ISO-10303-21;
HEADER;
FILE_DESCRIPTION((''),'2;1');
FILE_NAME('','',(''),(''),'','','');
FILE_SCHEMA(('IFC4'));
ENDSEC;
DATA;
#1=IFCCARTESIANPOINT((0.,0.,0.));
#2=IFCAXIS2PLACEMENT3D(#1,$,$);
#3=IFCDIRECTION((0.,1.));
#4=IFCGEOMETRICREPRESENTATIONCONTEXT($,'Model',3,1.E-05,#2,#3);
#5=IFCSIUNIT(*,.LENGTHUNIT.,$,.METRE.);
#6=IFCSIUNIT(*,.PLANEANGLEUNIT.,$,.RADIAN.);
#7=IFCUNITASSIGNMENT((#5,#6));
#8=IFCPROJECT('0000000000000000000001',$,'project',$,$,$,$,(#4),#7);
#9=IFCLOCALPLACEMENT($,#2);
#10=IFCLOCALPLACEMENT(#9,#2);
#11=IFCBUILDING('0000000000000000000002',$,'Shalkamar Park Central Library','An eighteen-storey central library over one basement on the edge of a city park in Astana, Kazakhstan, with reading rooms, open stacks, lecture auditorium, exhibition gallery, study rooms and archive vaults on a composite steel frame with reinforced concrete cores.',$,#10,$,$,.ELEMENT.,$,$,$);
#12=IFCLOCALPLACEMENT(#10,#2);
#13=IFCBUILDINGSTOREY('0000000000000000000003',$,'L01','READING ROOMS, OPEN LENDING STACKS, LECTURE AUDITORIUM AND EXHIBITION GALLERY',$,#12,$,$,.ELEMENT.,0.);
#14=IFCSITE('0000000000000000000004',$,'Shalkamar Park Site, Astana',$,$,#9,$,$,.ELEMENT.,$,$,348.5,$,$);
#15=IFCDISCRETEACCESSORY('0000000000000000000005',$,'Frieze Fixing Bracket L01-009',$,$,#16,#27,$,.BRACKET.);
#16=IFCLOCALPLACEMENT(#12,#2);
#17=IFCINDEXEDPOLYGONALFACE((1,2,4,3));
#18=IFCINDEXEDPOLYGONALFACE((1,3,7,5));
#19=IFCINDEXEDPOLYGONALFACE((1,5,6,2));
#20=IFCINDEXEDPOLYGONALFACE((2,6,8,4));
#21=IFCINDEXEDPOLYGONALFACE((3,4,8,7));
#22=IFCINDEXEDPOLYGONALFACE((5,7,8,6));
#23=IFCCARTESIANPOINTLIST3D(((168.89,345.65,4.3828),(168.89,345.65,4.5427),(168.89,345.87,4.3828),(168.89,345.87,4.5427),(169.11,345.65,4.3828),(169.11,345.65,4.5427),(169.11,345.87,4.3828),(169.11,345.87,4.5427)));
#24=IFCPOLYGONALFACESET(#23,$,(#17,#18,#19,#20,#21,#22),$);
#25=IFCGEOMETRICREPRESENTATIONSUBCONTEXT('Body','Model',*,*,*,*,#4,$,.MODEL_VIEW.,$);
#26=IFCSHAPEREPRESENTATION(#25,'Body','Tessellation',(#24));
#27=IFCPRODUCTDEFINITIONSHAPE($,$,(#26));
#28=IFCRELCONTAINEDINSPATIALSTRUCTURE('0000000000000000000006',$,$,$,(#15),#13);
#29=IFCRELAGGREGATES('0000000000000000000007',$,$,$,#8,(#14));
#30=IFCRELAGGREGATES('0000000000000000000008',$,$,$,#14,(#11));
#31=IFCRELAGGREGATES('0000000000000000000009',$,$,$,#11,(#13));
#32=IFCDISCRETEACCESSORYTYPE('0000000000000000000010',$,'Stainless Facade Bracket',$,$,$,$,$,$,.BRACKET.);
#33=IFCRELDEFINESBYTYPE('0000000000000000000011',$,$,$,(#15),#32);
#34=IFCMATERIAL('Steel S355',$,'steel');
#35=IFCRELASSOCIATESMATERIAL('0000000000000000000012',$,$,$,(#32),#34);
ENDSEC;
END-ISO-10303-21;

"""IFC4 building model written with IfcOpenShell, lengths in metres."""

from ifc_helpers import new_model, si_unit, direction, frame, origin, origin_2d, place, context, subcontext, project, spatial, rectangle, extrude, material, type_object, element, save


model = new_model("IFC4")

# Units and contexts
model_context = context("Model", 3, precision=1e-05, world=origin(), true_north=direction((0.0, 1.0)))
body_context = subcontext(model_context, "Body", "Model", "MODEL_VIEW")
ifc_project = project(units=[si_unit("LENGTHUNIT", "METRE"), si_unit("PLANEANGLEUNIT", "RADIAN")], contexts=[model_context])

# Site, building, storey
site_placement = place(None, origin())
site = spatial("IfcSite", under=ifc_project, at=site_placement, Name="Shalkamar Park Site, Astana", CompositionType="ELEMENT", RefElevation=348.5)
building_placement = place(site_placement, origin())
building = spatial("IfcBuilding", under=site, at=building_placement, Name="Shalkamar Park Central Library", Description="An eighteen-storey central library over one basement on the edge of a city park in Astana, Kazakhstan, with reading rooms, open stacks, lecture auditorium, exhibition gallery, study rooms and archive vaults on a composite steel frame with reinforced concrete cores.", CompositionType="ELEMENT")
storey_placement = place(building_placement, origin())
storey = spatial("IfcBuildingStorey", under=building, at=storey_placement, Name="L01", Description="READING ROOMS, OPEN LENDING STACKS, LECTURE AUDITORIUM AND EXHIBITION GALLERY", CompositionType="ELEMENT", Elevation=0.0)

# Shared definitions
ifc_material_1 = material(Name="Steel S355", Category="steel")

# Discrete accessory
discrete_accessory_type = type_object("IfcDiscreteAccessoryType", Name="Stainless Facade Bracket", PredefinedType="BRACKET", material=ifc_material_1)
discrete_accessory_placement = place(storey_placement, frame((169.0, 345.76, 4.3828), z_axis=(0.0, 0.0, 1.0), x_axis=(1.0, 0.0, 0.0)))
element("IfcDiscreteAccessory", 1, at=discrete_accessory_placement, inside=storey, type_object=discrete_accessory_type, Name="Frieze Fixing Bracket L01-009", PredefinedType="BRACKET", context=body_context, shape_type="SweptSolid", body=[
    extrude(rectangle(XDim=0.22, YDim=0.22, at=origin_2d()), origin(), (0.0, 0.0, 1.0), 0.1599),
])

save(model, "model.ifc")
